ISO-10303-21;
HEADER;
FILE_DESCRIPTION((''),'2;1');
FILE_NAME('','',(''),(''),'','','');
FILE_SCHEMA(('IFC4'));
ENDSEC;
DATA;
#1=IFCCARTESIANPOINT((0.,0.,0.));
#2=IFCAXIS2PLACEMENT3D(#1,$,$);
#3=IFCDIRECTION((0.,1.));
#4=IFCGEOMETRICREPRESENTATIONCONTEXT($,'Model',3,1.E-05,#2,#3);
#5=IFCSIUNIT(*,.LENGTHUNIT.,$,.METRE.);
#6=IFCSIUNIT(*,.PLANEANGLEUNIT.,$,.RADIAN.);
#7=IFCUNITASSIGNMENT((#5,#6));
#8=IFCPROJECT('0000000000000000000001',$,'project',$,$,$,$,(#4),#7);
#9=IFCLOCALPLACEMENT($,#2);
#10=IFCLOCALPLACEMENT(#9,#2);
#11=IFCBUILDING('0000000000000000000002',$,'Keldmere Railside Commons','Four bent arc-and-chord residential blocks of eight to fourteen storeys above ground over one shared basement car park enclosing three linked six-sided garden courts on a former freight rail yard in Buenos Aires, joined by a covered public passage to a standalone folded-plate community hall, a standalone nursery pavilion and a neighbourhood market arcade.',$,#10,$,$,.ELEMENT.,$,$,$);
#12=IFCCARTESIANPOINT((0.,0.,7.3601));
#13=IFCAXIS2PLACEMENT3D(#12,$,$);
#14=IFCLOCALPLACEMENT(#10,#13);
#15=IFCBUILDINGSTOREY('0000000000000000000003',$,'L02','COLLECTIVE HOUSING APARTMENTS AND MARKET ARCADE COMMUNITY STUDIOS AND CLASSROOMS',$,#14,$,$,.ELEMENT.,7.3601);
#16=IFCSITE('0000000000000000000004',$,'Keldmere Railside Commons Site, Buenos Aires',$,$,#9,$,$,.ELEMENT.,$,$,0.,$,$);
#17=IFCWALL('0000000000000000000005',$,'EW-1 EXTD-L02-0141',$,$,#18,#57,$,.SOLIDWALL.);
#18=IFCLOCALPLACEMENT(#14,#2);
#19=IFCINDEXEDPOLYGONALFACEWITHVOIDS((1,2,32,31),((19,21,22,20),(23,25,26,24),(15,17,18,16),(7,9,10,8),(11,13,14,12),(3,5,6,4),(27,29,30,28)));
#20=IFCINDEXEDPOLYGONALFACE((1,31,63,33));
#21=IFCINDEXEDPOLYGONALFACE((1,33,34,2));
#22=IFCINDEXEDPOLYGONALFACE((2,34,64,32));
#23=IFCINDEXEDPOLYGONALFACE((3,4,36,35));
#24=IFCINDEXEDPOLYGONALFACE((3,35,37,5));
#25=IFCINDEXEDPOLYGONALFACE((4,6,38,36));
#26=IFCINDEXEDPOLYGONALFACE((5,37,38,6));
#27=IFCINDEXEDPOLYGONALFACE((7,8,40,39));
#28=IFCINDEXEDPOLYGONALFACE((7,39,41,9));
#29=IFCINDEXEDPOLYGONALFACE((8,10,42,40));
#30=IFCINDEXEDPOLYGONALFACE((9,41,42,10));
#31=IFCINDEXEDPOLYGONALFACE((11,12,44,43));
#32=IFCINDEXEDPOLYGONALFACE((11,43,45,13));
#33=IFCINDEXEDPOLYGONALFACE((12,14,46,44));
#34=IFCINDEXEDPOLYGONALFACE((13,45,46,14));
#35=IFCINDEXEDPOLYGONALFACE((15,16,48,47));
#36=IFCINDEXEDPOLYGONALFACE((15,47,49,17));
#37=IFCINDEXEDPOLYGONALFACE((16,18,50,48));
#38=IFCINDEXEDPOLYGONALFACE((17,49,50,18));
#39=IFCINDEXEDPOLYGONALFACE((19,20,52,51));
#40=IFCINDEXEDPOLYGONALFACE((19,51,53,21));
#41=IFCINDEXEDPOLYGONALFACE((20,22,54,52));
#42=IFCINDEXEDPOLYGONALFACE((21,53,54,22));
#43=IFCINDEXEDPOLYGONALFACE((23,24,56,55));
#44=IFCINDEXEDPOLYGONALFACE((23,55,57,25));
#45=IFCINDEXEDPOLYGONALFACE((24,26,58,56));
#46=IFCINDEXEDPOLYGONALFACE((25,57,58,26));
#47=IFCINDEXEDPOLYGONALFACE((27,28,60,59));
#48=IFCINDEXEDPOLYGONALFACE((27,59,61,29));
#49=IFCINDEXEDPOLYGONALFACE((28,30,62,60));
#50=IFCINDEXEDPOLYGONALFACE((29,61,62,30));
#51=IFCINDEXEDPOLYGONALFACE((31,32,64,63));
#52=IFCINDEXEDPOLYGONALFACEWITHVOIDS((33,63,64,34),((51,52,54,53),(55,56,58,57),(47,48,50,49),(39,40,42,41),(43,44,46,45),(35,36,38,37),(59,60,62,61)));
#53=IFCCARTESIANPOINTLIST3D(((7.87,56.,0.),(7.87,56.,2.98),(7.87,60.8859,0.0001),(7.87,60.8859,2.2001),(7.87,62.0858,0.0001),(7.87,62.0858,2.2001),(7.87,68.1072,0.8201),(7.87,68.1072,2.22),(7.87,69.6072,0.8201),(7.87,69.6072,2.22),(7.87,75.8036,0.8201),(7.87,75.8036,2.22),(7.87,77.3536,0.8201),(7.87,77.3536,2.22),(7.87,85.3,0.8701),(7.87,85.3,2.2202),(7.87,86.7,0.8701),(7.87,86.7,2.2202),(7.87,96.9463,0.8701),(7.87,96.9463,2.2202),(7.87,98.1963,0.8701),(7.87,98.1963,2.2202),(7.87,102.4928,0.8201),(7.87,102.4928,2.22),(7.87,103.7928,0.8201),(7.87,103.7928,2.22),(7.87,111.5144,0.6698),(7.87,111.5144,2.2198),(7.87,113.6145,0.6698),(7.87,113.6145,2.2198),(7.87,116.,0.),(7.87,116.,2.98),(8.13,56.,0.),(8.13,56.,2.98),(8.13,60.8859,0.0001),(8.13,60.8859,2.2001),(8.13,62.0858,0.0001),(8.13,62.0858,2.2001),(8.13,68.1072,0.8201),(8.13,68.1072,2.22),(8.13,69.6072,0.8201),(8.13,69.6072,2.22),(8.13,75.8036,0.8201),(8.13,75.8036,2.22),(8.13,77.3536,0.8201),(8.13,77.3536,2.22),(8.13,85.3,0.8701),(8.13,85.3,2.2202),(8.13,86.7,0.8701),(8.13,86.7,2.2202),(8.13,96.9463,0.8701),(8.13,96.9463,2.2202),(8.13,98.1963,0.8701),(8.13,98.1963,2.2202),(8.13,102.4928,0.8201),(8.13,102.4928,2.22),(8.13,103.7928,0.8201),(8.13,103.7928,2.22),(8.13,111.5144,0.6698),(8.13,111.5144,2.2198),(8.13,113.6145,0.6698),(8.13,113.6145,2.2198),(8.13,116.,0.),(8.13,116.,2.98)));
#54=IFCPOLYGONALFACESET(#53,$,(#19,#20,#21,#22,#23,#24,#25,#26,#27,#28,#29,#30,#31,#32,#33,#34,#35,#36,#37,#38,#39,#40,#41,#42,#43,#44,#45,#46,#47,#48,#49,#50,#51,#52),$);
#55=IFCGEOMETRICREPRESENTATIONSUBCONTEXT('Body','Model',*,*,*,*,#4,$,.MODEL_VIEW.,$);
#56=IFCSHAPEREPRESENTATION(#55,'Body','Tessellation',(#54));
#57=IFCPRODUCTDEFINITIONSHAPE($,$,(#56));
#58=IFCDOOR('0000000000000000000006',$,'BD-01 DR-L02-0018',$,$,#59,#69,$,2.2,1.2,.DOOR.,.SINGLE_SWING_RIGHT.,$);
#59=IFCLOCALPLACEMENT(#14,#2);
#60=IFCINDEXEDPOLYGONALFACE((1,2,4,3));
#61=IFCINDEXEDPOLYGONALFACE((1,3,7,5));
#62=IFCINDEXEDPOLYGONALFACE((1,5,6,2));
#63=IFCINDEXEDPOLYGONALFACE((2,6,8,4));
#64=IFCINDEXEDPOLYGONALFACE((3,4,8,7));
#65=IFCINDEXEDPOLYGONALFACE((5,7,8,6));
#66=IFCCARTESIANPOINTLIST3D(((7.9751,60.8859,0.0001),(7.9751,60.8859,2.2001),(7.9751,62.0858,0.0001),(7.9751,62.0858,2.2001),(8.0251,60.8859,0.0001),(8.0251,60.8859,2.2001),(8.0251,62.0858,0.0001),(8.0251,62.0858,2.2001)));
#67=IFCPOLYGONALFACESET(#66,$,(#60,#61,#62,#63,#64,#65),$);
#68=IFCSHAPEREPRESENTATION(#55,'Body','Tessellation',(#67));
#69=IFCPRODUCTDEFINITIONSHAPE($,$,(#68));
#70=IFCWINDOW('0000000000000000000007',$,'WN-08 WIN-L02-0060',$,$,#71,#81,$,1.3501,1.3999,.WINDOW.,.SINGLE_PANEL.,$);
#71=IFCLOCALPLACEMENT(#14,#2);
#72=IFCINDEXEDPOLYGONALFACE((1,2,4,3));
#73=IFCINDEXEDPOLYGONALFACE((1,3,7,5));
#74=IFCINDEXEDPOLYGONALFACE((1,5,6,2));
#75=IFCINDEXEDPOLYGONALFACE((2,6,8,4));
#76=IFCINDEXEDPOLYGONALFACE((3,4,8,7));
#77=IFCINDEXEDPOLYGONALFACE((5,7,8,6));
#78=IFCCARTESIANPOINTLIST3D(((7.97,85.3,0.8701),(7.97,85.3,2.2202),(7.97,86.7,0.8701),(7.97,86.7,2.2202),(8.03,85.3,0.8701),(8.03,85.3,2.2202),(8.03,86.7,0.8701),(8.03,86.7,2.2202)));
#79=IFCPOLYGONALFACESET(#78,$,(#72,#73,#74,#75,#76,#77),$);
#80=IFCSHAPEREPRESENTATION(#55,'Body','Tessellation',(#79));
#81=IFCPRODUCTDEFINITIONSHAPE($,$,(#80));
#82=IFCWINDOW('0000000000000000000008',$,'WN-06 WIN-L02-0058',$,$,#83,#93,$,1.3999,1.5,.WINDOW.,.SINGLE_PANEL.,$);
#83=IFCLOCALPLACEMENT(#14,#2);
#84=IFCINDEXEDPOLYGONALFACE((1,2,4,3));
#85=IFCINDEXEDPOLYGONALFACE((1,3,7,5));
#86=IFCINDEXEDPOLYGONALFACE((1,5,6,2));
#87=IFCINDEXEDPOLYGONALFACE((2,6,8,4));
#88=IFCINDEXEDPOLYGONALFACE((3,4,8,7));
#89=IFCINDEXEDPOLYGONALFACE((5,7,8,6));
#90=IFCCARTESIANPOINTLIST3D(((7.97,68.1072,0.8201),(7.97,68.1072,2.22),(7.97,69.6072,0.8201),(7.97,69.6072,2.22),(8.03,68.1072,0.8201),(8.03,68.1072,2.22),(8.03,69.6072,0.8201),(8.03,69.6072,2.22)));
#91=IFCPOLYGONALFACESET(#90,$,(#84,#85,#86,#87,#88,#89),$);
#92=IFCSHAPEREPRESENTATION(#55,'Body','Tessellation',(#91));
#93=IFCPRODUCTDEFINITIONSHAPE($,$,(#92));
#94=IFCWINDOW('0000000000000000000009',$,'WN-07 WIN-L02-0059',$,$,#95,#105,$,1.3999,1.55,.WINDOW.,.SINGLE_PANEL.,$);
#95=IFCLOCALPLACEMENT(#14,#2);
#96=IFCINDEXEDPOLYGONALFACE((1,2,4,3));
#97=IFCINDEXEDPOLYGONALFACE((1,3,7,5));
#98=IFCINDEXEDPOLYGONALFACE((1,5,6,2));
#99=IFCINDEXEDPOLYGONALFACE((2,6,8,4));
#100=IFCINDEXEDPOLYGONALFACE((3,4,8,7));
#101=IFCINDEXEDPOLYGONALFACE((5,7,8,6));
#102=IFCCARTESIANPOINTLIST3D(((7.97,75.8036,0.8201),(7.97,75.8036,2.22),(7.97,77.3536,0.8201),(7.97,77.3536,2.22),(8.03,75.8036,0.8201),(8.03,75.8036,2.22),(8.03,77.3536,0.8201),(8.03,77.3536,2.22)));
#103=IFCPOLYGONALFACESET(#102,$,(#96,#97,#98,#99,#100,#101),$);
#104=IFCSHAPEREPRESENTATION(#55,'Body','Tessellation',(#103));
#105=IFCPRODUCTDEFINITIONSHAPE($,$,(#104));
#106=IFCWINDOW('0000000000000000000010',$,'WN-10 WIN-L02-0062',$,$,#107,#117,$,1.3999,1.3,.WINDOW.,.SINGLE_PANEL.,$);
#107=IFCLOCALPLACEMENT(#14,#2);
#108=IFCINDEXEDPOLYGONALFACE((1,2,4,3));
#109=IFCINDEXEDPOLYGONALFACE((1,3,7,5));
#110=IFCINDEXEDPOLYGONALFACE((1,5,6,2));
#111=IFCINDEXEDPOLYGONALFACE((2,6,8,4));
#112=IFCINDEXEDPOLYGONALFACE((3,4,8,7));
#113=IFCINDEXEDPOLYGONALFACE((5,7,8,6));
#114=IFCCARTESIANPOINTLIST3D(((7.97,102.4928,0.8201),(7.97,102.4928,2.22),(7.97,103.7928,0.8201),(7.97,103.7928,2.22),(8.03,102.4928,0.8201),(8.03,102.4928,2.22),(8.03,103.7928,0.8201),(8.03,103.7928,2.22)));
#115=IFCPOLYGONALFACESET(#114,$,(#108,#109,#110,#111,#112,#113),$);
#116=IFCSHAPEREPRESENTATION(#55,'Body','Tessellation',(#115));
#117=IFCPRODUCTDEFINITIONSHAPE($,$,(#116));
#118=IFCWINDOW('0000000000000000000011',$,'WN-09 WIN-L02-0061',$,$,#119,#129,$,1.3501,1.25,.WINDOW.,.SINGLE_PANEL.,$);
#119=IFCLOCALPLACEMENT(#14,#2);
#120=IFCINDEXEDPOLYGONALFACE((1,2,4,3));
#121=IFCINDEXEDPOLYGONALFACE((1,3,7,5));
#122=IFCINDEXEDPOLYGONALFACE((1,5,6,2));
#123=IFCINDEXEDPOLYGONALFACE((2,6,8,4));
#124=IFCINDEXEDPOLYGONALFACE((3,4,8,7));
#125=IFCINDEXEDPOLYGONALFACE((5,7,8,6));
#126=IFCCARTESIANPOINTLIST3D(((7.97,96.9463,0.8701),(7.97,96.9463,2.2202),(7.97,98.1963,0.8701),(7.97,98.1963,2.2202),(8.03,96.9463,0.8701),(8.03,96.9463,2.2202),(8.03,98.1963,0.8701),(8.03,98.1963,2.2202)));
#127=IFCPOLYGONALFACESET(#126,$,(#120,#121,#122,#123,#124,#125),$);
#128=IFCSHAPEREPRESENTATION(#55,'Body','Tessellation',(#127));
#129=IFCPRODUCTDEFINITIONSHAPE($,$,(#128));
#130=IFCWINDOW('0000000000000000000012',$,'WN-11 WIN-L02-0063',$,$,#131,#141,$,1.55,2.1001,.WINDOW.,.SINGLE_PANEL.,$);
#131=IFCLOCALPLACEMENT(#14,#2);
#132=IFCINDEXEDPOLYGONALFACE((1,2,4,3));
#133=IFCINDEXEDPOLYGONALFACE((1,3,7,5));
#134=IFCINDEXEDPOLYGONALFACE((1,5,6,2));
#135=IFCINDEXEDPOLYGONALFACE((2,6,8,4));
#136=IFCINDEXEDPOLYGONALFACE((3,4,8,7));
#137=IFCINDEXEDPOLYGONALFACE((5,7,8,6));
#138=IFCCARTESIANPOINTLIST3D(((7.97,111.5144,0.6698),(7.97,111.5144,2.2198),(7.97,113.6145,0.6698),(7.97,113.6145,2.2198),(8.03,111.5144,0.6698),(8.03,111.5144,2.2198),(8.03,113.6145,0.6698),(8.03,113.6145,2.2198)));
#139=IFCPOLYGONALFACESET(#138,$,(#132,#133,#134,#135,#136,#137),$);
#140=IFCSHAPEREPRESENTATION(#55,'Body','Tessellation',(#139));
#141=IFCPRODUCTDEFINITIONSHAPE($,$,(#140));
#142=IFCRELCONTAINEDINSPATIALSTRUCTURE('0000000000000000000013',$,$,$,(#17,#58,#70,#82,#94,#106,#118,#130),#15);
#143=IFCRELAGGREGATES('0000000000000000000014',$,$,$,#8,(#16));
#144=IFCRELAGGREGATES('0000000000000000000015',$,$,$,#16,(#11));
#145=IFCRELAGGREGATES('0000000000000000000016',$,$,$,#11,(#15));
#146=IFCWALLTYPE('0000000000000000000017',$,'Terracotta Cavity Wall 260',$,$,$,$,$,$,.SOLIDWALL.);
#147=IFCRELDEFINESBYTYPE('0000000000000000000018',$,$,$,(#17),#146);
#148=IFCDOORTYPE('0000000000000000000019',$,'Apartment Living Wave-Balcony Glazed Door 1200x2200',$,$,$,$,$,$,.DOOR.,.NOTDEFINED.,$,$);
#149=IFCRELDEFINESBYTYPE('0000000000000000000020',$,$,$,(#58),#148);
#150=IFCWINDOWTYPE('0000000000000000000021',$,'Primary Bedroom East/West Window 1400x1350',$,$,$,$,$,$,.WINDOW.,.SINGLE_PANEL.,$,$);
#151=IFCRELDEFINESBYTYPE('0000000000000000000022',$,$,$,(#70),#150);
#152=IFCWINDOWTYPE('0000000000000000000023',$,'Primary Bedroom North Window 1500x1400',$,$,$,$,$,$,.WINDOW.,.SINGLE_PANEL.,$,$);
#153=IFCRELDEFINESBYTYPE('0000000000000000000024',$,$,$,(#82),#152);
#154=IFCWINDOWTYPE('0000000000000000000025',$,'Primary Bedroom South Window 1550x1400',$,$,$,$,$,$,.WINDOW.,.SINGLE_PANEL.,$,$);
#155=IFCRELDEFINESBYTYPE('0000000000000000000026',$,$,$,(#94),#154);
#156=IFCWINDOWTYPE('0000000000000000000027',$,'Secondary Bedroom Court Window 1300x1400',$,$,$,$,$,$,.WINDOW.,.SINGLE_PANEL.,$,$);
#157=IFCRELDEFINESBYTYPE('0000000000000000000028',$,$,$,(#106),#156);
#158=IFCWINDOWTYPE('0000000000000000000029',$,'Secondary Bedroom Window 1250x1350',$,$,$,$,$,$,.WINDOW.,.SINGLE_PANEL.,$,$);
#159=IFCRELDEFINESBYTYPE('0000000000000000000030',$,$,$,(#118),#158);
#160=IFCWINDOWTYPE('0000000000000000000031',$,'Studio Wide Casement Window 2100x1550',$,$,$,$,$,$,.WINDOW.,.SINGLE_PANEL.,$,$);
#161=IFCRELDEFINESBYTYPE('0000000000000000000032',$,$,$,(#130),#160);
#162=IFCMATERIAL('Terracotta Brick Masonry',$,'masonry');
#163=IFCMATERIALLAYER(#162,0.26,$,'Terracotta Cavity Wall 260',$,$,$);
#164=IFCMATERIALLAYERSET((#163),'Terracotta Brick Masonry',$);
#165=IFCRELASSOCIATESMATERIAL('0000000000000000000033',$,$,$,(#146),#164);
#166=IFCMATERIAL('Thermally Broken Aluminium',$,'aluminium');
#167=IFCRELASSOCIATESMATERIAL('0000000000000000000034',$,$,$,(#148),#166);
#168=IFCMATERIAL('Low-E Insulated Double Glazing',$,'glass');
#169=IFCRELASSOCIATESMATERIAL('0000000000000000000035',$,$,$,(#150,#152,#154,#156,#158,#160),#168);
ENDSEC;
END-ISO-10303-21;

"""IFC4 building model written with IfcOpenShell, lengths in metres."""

from ifc_helpers import new_model, si_unit, direction, frame, frame_2d, origin, place, context, subcontext, project, spatial, rectangle, extrude, material, layer, layer_set, type_object, element, fill, save


model = new_model("IFC4")

# Units and contexts
model_context = context("Model", 3, precision=1e-05, world=origin(), true_north=direction((0.0, 1.0)))
body_context = subcontext(model_context, "Body", "Model", "MODEL_VIEW")
ifc_project = project(units=[si_unit("LENGTHUNIT", "METRE"), si_unit("PLANEANGLEUNIT", "RADIAN")], contexts=[model_context])

# Site, building, storey
site_placement = place(None, origin())
site = spatial("IfcSite", under=ifc_project, at=site_placement, Name="Keldmere Railside Commons Site, Buenos Aires", CompositionType="ELEMENT", RefElevation=0.0)
building_placement = place(site_placement, origin())
building = spatial("IfcBuilding", under=site, at=building_placement, Name="Keldmere Railside Commons", Description="Four bent arc-and-chord residential blocks of eight to fourteen storeys above ground over one shared basement car park enclosing three linked six-sided garden courts on a former freight rail yard in Buenos Aires, joined by a covered public passage to a standalone folded-plate community hall, a standalone nursery pavilion and a neighbourhood market arcade.", CompositionType="ELEMENT")
storey_placement = place(building_placement, frame((0.0, 0.0, 7.3601)))
storey = spatial("IfcBuildingStorey", under=building, at=storey_placement, Name="L02", Description="COLLECTIVE HOUSING APARTMENTS AND MARKET ARCADE COMMUNITY STUDIOS AND CLASSROOMS", CompositionType="ELEMENT", Elevation=7.3601)

# Wall, openings, door, windows
ifc_material_1 = material(Name="Terracotta Brick Masonry", Category="masonry")
ifc_layer = layer(ifc_material_1, 0.26, Name="Terracotta Cavity Wall 260")
ifc_layer_set = layer_set([ifc_layer], Name="Terracotta Brick Masonry")
wall_type = type_object("IfcWallType", Name="Terracotta Cavity Wall 260", PredefinedType="SOLIDWALL", material=ifc_layer_set)
wall_placement = place(storey_placement, frame((8.0, 56.0, 0.0), z_axis=(0.0, 0.0, 1.0), x_axis=(0.0, 1.0, 0.0)))
wall = element("IfcWall", 1, at=wall_placement, inside=storey, type_object=wall_type, Name="EW-1 EXTD-L02-0141", PredefinedType="SOLIDWALL", context=body_context, shape_type="SweptSolid", body=[
    extrude(rectangle(XDim=60.0, YDim=0.26, at=frame_2d((30.0, 0.0))), origin(), (0.0, 0.0, 1.0), 2.98),
])
opening_1_placement = place(wall_placement, frame((4.8857, 0.0, 0.0)))
opening_1 = element("IfcOpeningElement", 2, at=opening_1_placement, cuts=wall, PredefinedType="OPENING", context=body_context, shape_type="SweptSolid", body=[
    extrude(rectangle(XDim=1.2, YDim=2.2, at=frame_2d((0.6001, 1.1001))), frame((0.0, 0.1399, 0.0), z_axis=(0.0, -1.0, 0.0), x_axis=(1.0, 0.0, 0.0)), (0.0, 0.0, 1.0), 0.28),
])
opening_2_placement = place(wall_placement, frame((12.1072, 0.0, 0.8201)))
opening_2 = element("IfcOpeningElement", 3, at=opening_2_placement, cuts=wall, PredefinedType="OPENING", context=body_context, shape_type="SweptSolid", body=[
    extrude(rectangle(XDim=1.5, YDim=1.3999, at=frame_2d((0.75, 0.7))), frame((0.0, 0.1399, 0.0), z_axis=(0.0, -1.0, 0.0), x_axis=(1.0, 0.0, 0.0)), (0.0, 0.0, 1.0), 0.28),
])
opening_3_placement = place(wall_placement, frame((19.8037, 0.0, 0.8201)))
opening_3 = element("IfcOpeningElement", 4, at=opening_3_placement, cuts=wall, PredefinedType="OPENING", context=body_context, shape_type="SweptSolid", body=[
    extrude(rectangle(XDim=1.55, YDim=1.3999, at=frame_2d((0.7749, 0.7))), frame((0.0, 0.1399, 0.0), z_axis=(0.0, -1.0, 0.0), x_axis=(1.0, 0.0, 0.0)), (0.0, 0.0, 1.0), 0.28),
])
opening_4_placement = place(wall_placement, frame((29.3, 0.0, 0.8701)))
opening_4 = element("IfcOpeningElement", 5, at=opening_4_placement, cuts=wall, PredefinedType="OPENING", context=body_context, shape_type="SweptSolid", body=[
    extrude(rectangle(XDim=1.3999, YDim=1.3501, at=frame_2d((0.7, 0.675))), frame((0.0, 0.1399, 0.0), z_axis=(0.0, -1.0, 0.0), x_axis=(1.0, 0.0, 0.0)), (0.0, 0.0, 1.0), 0.28),
])
opening_5_placement = place(wall_placement, frame((40.9463, 0.0, 0.8701)))
opening_5 = element("IfcOpeningElement", 6, at=opening_5_placement, cuts=wall, PredefinedType="OPENING", context=body_context, shape_type="SweptSolid", body=[
    extrude(rectangle(XDim=1.25, YDim=1.3501, at=frame_2d((0.625, 0.675))), frame((0.0, 0.1399, 0.0), z_axis=(0.0, -1.0, 0.0), x_axis=(1.0, 0.0, 0.0)), (0.0, 0.0, 1.0), 0.28),
])
opening_6_placement = place(wall_placement, frame((46.4929, 0.0, 0.8201)))
opening_6 = element("IfcOpeningElement", 7, at=opening_6_placement, cuts=wall, PredefinedType="OPENING", context=body_context, shape_type="SweptSolid", body=[
    extrude(rectangle(XDim=1.3, YDim=1.3999, at=frame_2d((0.6499, 0.7))), frame((0.0, 0.1399, 0.0), z_axis=(0.0, -1.0, 0.0), x_axis=(1.0, 0.0, 0.0)), (0.0, 0.0, 1.0), 0.28),
])
opening_7_placement = place(wall_placement, frame((55.5144, 0.0, 0.6699)))
opening_7 = element("IfcOpeningElement", 8, at=opening_7_placement, cuts=wall, PredefinedType="OPENING", context=body_context, shape_type="SweptSolid", body=[
    extrude(rectangle(XDim=2.1001, YDim=1.55, at=frame_2d((1.05, 0.7749))), frame((0.0, 0.1399, 0.0), z_axis=(0.0, -1.0, 0.0), x_axis=(1.0, 0.0, 0.0)), (0.0, 0.0, 1.0), 0.28),
])
ifc_material_2 = material(Name="Thermally Broken Aluminium", Category="aluminium")
door_type = type_object("IfcDoorType", Name="Apartment Living Wave-Balcony Glazed Door 1200x2200", OperationType="NOTDEFINED", PredefinedType="DOOR", material=ifc_material_2)
door_placement = place(opening_1_placement, origin())
door = element("IfcDoor", 9, at=door_placement, inside=storey, type_object=door_type, Name="BD-01 DR-L02-0018", OperationType="SINGLE_SWING_RIGHT", OverallHeight=2.2, OverallWidth=1.2, PredefinedType="DOOR", context=body_context, shape_type="SweptSolid", body=[
    extrude(rectangle(XDim=1.2, YDim=2.2, at=frame_2d((0.6001, 1.1001))), frame((0.0, 0.0249, 0.0), z_axis=(0.0, -1.0, 0.0), x_axis=(1.0, 0.0, 0.0)), (0.0, 0.0, 1.0), 0.05),
])
fill(opening_1, door)
ifc_material_3 = material(Name="Low-E Insulated Double Glazing", Category="glass")
window_type_1 = type_object("IfcWindowType", Name="Primary Bedroom East/West Window 1400x1350", PartitioningType="SINGLE_PANEL", PredefinedType="WINDOW", material=ifc_material_3)
window_1_placement = place(opening_4_placement, origin())
window_1 = element("IfcWindow", 10, at=window_1_placement, inside=storey, type_object=window_type_1, Name="WN-08 WIN-L02-0060", OverallHeight=1.3501, OverallWidth=1.3999, PartitioningType="SINGLE_PANEL", PredefinedType="WINDOW", context=body_context, shape_type="SweptSolid", body=[
    extrude(rectangle(XDim=1.3999, YDim=1.3501, at=frame_2d((0.7, 0.675))), frame((0.0, 0.03, 0.0), z_axis=(0.0, -1.0, 0.0), x_axis=(1.0, 0.0, 0.0)), (0.0, 0.0, 1.0), 0.0601),
])
fill(opening_4, window_1)
window_type_2 = type_object("IfcWindowType", Name="Primary Bedroom North Window 1500x1400", PartitioningType="SINGLE_PANEL", PredefinedType="WINDOW", material=ifc_material_3)
window_2_placement = place(opening_2_placement, origin())
window_2 = element("IfcWindow", 11, at=window_2_placement, inside=storey, type_object=window_type_2, Name="WN-06 WIN-L02-0058", OverallHeight=1.3999, OverallWidth=1.5, PartitioningType="SINGLE_PANEL", PredefinedType="WINDOW", context=body_context, shape_type="SweptSolid", body=[
    extrude(rectangle(XDim=1.5, YDim=1.3999, at=frame_2d((0.75, 0.7))), frame((0.0, 0.03, 0.0), z_axis=(0.0, -1.0, 0.0), x_axis=(1.0, 0.0, 0.0)), (0.0, 0.0, 1.0), 0.0601),
])
fill(opening_2, window_2)
window_type_3 = type_object("IfcWindowType", Name="Primary Bedroom South Window 1550x1400", PartitioningType="SINGLE_PANEL", PredefinedType="WINDOW", material=ifc_material_3)
window_3_placement = place(opening_3_placement, origin())
window_3 = element("IfcWindow", 12, at=window_3_placement, inside=storey, type_object=window_type_3, Name="WN-07 WIN-L02-0059", OverallHeight=1.3999, OverallWidth=1.55, PartitioningType="SINGLE_PANEL", PredefinedType="WINDOW", context=body_context, shape_type="SweptSolid", body=[
    extrude(rectangle(XDim=1.55, YDim=1.3999, at=frame_2d((0.7749, 0.7))), frame((0.0, 0.03, 0.0), z_axis=(0.0, -1.0, 0.0), x_axis=(1.0, 0.0, 0.0)), (0.0, 0.0, 1.0), 0.0601),
])
fill(opening_3, window_3)
window_type_4 = type_object("IfcWindowType", Name="Secondary Bedroom Court Window 1300x1400", PartitioningType="SINGLE_PANEL", PredefinedType="WINDOW", material=ifc_material_3)
window_4_placement = place(opening_6_placement, origin())
window_4 = element("IfcWindow", 13, at=window_4_placement, inside=storey, type_object=window_type_4, Name="WN-10 WIN-L02-0062", OverallHeight=1.3999, OverallWidth=1.3, PartitioningType="SINGLE_PANEL", PredefinedType="WINDOW", context=body_context, shape_type="SweptSolid", body=[
    extrude(rectangle(XDim=1.3, YDim=1.3999, at=frame_2d((0.6499, 0.7))), frame((0.0, 0.03, 0.0), z_axis=(0.0, -1.0, 0.0), x_axis=(1.0, 0.0, 0.0)), (0.0, 0.0, 1.0), 0.0601),
])
fill(opening_6, window_4)
window_type_5 = type_object("IfcWindowType", Name="Secondary Bedroom Window 1250x1350", PartitioningType="SINGLE_PANEL", PredefinedType="WINDOW", material=ifc_material_3)
window_5_placement = place(opening_5_placement, origin())
window_5 = element("IfcWindow", 14, at=window_5_placement, inside=storey, type_object=window_type_5, Name="WN-09 WIN-L02-0061", OverallHeight=1.3501, OverallWidth=1.25, PartitioningType="SINGLE_PANEL", PredefinedType="WINDOW", context=body_context, shape_type="SweptSolid", body=[
    extrude(rectangle(XDim=1.25, YDim=1.3501, at=frame_2d((0.625, 0.675))), frame((0.0, 0.03, 0.0), z_axis=(0.0, -1.0, 0.0), x_axis=(1.0, 0.0, 0.0)), (0.0, 0.0, 1.0), 0.0601),
])
fill(opening_5, window_5)
window_type_6 = type_object("IfcWindowType", Name="Studio Wide Casement Window 2100x1550", PartitioningType="SINGLE_PANEL", PredefinedType="WINDOW", material=ifc_material_3)
window_6_placement = place(opening_7_placement, origin())
window_6 = element("IfcWindow", 15, at=window_6_placement, inside=storey, type_object=window_type_6, Name="WN-11 WIN-L02-0063", OverallHeight=1.55, OverallWidth=2.1001, PartitioningType="SINGLE_PANEL", PredefinedType="WINDOW", context=body_context, shape_type="SweptSolid", body=[
    extrude(rectangle(XDim=2.1001, YDim=1.55, at=frame_2d((1.05, 0.7749))), frame((0.0, 0.03, 0.0), z_axis=(0.0, -1.0, 0.0), x_axis=(1.0, 0.0, 0.0)), (0.0, 0.0, 1.0), 0.0601),
])
fill(opening_7, window_6)

save(model, "model.ifc")
